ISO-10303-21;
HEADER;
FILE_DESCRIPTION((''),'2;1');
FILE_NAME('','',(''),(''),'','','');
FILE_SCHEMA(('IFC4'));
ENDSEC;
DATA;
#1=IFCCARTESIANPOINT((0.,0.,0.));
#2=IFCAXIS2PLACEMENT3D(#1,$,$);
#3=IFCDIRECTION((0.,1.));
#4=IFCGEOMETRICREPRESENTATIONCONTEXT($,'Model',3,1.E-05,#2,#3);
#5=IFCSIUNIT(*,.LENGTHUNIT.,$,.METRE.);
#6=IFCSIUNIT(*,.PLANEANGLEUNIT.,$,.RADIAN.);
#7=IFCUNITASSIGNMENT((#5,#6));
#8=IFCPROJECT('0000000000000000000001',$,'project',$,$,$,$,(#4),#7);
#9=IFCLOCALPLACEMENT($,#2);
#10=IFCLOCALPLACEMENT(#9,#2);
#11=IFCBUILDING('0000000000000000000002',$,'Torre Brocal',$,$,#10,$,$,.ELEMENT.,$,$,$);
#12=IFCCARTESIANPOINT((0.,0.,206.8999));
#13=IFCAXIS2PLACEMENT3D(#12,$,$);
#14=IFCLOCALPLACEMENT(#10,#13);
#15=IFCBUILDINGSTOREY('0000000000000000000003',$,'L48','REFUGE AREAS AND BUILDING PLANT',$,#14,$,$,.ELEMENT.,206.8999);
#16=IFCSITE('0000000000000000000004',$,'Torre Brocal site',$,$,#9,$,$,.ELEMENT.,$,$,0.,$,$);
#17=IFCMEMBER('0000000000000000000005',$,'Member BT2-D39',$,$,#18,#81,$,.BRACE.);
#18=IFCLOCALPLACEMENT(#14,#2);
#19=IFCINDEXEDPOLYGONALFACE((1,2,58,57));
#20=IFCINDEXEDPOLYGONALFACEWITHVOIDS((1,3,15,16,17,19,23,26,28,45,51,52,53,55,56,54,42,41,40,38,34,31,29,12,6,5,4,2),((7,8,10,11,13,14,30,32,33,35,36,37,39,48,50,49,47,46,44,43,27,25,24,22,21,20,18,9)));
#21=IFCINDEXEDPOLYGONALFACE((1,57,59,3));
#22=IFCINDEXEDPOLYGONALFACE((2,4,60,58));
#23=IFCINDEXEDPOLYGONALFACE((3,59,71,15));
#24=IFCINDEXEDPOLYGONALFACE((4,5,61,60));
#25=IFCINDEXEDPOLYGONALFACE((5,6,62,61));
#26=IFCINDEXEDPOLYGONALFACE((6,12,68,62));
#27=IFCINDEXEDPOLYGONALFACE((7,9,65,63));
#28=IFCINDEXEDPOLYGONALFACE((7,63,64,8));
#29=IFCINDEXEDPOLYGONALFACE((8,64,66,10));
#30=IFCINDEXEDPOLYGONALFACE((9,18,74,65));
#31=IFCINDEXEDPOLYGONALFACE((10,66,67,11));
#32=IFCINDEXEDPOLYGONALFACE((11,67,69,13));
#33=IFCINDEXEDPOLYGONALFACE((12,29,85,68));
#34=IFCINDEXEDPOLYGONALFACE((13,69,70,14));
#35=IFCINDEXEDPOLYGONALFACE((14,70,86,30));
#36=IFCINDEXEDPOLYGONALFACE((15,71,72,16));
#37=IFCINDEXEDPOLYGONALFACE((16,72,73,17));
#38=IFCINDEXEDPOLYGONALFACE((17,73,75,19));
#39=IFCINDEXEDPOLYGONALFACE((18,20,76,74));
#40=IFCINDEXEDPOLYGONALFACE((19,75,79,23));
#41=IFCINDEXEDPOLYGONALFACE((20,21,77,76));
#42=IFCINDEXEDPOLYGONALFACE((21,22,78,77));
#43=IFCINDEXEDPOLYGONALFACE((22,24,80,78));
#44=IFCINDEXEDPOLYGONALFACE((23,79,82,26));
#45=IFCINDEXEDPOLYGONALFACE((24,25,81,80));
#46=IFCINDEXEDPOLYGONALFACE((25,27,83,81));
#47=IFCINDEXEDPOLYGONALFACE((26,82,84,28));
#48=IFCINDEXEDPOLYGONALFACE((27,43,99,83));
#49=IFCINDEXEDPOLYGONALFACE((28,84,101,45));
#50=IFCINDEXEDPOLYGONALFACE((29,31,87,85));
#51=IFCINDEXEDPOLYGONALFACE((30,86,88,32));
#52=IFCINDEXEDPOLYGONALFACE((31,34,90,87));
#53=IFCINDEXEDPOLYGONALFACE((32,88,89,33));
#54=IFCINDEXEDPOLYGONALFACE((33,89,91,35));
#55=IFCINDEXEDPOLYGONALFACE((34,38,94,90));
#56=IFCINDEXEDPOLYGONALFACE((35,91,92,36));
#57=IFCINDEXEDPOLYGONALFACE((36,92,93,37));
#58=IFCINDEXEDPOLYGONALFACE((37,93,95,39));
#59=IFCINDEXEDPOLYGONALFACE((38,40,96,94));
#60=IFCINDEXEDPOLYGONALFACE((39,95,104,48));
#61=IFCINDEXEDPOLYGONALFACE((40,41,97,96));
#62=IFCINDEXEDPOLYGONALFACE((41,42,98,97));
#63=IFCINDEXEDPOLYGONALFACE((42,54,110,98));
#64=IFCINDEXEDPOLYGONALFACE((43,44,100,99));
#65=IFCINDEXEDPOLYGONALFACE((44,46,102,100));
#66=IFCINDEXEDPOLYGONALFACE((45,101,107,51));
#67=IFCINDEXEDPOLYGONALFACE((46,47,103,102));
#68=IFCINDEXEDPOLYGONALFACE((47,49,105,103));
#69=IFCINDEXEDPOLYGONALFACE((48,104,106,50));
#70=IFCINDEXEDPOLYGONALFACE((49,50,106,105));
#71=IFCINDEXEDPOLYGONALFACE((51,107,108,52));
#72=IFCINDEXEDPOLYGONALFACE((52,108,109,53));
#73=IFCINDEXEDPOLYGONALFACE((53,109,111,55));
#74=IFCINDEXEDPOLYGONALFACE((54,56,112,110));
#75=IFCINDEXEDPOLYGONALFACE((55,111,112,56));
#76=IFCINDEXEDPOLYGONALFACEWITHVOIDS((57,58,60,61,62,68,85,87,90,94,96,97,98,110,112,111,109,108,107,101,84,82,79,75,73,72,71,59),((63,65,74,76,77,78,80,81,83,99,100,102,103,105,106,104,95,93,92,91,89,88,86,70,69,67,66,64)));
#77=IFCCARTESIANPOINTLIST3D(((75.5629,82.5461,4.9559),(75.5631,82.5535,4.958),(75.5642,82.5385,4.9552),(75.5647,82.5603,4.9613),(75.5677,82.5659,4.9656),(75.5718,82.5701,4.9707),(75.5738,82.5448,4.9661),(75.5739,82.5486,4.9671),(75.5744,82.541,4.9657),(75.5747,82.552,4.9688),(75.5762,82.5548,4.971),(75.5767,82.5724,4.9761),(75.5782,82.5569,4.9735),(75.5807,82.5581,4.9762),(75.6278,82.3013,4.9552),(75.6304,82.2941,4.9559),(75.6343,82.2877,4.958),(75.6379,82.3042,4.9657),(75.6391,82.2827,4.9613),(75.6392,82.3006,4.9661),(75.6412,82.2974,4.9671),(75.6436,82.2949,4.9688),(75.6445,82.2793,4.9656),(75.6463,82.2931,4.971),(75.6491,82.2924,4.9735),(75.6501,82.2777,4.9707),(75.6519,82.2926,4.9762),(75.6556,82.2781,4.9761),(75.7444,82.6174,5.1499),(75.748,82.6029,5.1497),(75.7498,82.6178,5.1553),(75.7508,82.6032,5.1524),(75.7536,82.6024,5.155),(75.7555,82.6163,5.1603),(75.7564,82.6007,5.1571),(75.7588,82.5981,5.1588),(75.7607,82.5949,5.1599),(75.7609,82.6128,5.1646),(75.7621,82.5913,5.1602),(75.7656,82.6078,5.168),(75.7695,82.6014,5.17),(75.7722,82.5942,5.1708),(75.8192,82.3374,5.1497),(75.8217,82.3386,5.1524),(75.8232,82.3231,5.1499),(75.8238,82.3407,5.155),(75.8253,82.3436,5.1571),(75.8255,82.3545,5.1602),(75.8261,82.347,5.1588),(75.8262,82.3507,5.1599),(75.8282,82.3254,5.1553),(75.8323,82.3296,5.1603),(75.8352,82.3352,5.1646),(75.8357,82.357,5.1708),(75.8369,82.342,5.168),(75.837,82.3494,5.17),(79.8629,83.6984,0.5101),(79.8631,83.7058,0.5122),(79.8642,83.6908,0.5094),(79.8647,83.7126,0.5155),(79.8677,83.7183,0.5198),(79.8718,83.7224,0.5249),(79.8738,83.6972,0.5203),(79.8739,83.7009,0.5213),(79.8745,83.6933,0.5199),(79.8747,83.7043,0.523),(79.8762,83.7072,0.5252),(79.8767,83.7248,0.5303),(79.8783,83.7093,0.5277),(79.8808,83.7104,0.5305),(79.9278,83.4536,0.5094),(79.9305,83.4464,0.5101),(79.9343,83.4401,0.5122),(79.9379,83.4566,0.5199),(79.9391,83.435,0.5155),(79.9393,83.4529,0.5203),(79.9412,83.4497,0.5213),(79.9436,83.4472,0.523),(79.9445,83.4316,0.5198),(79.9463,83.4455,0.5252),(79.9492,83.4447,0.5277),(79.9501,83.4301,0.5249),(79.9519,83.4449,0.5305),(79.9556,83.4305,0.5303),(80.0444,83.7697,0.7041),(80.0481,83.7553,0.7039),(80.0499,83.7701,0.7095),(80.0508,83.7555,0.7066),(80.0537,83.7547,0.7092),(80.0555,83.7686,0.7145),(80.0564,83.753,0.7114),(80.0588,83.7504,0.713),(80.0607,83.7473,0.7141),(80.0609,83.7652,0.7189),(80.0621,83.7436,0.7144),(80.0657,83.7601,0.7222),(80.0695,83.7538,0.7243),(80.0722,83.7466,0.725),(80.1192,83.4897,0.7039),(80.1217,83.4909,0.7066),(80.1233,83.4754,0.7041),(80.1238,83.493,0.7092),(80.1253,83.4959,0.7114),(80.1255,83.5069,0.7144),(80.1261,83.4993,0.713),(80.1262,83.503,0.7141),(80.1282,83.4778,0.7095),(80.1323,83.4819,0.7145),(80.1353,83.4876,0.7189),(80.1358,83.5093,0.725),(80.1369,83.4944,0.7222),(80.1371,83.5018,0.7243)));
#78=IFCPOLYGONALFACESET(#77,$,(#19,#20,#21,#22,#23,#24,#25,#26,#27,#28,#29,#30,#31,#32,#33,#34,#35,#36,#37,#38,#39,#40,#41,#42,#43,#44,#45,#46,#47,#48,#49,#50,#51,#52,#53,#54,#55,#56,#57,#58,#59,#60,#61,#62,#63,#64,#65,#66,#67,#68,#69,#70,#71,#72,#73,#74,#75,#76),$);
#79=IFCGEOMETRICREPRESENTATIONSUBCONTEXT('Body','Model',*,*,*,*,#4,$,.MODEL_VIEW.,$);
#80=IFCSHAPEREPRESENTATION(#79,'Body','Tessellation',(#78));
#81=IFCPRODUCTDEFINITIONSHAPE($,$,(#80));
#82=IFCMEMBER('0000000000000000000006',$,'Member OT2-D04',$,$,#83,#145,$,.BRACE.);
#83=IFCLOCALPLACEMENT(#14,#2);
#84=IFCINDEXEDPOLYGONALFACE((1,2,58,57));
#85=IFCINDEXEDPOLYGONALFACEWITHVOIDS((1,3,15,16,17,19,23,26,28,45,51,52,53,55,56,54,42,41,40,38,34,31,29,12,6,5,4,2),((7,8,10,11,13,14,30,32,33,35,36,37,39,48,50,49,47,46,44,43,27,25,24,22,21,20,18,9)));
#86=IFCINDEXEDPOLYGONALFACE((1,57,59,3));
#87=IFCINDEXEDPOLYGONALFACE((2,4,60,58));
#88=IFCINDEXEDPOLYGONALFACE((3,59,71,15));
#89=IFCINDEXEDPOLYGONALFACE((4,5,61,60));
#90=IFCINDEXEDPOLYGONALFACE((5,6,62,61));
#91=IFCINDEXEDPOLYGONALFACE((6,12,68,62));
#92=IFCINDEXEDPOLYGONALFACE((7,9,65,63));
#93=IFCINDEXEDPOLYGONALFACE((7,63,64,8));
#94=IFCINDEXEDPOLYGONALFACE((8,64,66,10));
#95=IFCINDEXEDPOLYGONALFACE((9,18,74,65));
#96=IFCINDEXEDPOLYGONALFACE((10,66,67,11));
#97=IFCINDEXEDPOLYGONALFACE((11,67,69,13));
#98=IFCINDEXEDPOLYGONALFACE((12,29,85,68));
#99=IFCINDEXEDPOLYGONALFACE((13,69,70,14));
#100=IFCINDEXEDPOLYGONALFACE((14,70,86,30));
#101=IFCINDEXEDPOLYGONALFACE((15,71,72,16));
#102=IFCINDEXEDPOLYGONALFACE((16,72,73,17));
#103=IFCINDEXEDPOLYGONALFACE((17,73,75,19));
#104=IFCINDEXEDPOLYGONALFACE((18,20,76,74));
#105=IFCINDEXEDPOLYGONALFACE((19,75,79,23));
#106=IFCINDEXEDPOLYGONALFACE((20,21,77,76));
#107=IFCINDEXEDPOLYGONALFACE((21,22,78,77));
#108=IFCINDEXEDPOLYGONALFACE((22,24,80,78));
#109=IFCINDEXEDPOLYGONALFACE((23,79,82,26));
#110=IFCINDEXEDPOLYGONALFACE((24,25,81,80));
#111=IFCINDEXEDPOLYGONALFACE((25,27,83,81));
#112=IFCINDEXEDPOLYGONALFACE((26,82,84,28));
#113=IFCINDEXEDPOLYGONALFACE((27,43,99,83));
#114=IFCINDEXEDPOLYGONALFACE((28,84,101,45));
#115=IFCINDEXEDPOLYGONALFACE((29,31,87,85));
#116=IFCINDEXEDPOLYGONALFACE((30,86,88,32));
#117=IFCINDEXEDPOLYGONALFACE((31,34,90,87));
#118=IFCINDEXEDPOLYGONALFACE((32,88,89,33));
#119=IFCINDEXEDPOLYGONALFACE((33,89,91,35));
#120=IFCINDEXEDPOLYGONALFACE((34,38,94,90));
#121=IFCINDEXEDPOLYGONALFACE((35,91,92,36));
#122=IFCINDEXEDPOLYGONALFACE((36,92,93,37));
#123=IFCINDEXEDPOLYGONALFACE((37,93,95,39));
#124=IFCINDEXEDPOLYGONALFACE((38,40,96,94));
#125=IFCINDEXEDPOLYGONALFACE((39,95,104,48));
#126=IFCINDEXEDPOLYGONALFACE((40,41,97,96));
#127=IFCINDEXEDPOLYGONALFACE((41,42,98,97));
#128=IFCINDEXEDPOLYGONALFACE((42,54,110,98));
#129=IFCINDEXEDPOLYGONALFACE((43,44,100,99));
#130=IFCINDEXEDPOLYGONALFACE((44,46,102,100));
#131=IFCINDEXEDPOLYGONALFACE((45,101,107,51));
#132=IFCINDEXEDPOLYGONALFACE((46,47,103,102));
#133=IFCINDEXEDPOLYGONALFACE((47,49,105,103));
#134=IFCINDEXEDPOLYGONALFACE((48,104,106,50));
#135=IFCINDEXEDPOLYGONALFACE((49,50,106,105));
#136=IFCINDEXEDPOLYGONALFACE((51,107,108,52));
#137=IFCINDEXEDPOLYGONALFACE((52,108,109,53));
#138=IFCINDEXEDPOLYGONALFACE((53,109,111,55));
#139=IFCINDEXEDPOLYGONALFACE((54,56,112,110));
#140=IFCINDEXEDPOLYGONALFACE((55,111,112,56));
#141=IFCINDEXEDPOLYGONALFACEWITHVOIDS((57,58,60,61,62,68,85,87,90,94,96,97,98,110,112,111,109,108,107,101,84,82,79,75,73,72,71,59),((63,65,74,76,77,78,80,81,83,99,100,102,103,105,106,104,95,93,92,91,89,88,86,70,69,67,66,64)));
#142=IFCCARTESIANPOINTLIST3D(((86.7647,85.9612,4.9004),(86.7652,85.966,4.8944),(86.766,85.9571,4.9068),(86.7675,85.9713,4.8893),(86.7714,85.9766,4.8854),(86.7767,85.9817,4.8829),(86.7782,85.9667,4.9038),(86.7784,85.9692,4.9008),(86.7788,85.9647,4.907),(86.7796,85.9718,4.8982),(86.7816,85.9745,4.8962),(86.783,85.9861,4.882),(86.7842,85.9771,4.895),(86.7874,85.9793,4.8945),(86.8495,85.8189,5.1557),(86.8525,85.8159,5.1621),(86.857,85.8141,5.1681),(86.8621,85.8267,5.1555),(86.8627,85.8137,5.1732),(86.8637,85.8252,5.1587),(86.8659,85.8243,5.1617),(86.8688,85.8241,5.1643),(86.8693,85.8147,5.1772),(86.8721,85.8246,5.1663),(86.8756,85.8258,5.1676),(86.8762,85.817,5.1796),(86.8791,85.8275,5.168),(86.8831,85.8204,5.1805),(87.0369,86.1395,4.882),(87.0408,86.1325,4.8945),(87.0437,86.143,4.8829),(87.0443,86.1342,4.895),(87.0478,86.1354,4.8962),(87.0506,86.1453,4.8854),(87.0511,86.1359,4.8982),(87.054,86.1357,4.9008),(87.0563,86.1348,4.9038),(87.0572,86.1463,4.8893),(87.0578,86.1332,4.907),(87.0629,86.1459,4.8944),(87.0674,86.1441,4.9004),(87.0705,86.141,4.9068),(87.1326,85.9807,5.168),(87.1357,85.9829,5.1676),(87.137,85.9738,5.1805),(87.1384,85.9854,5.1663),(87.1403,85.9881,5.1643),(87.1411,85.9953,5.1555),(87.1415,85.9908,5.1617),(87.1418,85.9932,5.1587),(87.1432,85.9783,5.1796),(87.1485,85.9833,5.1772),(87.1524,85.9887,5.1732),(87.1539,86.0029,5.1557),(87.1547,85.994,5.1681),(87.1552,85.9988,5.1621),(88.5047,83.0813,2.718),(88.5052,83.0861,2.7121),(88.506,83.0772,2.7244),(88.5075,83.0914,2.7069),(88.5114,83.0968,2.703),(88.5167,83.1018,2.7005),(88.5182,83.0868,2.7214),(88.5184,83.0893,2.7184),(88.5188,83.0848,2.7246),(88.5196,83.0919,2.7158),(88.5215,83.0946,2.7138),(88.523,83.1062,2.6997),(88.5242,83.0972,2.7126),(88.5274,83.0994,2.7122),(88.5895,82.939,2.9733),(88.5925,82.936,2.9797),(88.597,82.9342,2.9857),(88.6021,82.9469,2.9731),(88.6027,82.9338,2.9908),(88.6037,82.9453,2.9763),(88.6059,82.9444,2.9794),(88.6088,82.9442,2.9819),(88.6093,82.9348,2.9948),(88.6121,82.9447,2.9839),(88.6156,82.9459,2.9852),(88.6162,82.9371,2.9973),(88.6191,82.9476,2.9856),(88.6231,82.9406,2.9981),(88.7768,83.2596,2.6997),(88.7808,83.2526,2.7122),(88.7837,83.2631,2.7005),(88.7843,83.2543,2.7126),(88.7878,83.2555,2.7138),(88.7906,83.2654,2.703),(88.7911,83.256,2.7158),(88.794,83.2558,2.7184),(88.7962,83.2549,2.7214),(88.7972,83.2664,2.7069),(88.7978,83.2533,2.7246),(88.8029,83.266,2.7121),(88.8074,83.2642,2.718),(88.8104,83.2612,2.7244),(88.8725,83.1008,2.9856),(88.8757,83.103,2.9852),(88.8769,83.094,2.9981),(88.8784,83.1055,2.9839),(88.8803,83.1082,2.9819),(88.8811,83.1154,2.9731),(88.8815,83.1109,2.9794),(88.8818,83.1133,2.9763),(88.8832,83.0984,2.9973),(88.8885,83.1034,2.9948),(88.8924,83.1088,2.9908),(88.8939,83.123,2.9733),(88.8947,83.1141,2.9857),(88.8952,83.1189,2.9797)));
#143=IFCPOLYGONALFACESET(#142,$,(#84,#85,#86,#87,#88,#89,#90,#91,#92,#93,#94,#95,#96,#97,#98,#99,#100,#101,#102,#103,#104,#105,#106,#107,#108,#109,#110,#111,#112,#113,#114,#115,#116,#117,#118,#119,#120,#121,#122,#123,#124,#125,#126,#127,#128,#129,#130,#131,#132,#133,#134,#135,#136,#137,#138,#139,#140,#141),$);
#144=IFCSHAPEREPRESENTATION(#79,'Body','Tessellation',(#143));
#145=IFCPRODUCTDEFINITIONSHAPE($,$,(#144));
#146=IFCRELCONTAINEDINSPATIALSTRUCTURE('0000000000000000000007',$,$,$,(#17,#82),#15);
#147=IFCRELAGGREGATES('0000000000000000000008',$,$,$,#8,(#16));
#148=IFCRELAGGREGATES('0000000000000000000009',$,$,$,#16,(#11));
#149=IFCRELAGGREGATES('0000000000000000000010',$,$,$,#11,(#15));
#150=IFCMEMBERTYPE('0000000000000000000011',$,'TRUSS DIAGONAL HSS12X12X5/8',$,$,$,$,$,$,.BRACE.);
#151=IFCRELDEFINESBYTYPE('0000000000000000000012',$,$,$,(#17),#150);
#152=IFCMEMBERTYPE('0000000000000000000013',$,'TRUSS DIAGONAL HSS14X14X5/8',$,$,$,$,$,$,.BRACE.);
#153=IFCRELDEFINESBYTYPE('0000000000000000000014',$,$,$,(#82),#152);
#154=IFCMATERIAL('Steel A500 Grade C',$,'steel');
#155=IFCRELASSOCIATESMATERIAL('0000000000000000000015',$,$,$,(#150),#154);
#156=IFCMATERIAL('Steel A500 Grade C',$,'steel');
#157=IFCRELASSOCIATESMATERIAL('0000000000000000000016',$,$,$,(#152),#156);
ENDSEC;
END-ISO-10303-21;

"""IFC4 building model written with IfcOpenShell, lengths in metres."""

from ifc_helpers import new_model, si_unit, direction, frame, origin, origin_2d, place, context, subcontext, project, spatial, hollow_rectangle, extrude, material, material_profile, profile_set, type_object, element, save


model = new_model("IFC4")

# Units and contexts
model_context = context("Model", 3, precision=1e-05, world=origin(), true_north=direction((0.0, 1.0)))
body_context = subcontext(model_context, "Body", "Model", "MODEL_VIEW")
ifc_project = project(units=[si_unit("LENGTHUNIT", "METRE"), si_unit("PLANEANGLEUNIT", "RADIAN")], contexts=[model_context])

# Site, building, storey
site_placement = place(None, origin())
site = spatial("IfcSite", under=ifc_project, at=site_placement, Name="Torre Brocal site", CompositionType="ELEMENT", RefElevation=0.0)
building_placement = place(site_placement, origin())
building = spatial("IfcBuilding", under=site, at=building_placement, Name="Torre Brocal", CompositionType="ELEMENT")
storey_placement = place(building_placement, frame((0.0, 0.0, 206.8999)))
storey = spatial("IfcBuildingStorey", under=building, at=storey_placement, Name="L48", Description="REFUGE AREAS AND BUILDING PLANT", CompositionType="ELEMENT", Elevation=206.8999)

# Members
ifc_material_1 = material(Name="Steel A500 Grade C", Category="steel")
ifc_material_profile_1 = material_profile(ifc_material_1, hollow_rectangle(XDim=0.3047, YDim=0.3047, WallThickness=0.0149, InnerFilletRadius=0.0149, OuterFilletRadius=0.0295, at=origin_2d()), Name="HSS12X12X5/8")
ifc_profile_set_1 = profile_set([ifc_material_profile_1], Name="Steel A500 Grade C")
member_type_1 = type_object("IfcMemberType", Name="TRUSS DIAGONAL HSS12X12X5/8", PredefinedType="BRACE", material=ifc_profile_set_1)
member_1_placement = place(storey_placement, frame((80.0, 83.6001, 0.6172), z_axis=(-0.683465, -0.183158, 0.706632), x_axis=(0.25885, -0.965917, 0.0)))
element("IfcMember", 1, at=member_1_placement, inside=storey, type_object=member_type_1, Name="Member BT2-D39", PredefinedType="BRACE", context=body_context, shape_type="SweptSolid", body=[
    extrude(hollow_rectangle(XDim=0.3047, YDim=0.3047, WallThickness=0.0149, InnerFilletRadius=0.0149, OuterFilletRadius=0.0295, at=origin_2d()), origin(), (0.0, 0.0, 1.0), 6.2915),
])
ifc_material_2 = material(Name="Steel A500 Grade C", Category="steel")
ifc_material_profile_2 = material_profile(ifc_material_2, hollow_rectangle(XDim=0.3557, YDim=0.3557, WallThickness=0.0149, InnerFilletRadius=0.0149, OuterFilletRadius=0.0295, at=origin_2d()), Name="HSS14X14X5/8")
ifc_profile_set_2 = profile_set([ifc_material_profile_2], Name="Steel A500 Grade C")
member_type_2 = type_object("IfcMemberType", Name="TRUSS DIAGONAL HSS14X14X5/8", PredefinedType="BRACE", material=ifc_profile_set_2)
member_2_placement = place(storey_placement, frame((88.7, 83.1001, 2.8489), z_axis=(-0.43386, 0.718087, 0.544166), x_axis=(-0.855908, -0.517129, 0.0)))
element("IfcMember", 2, at=member_2_placement, inside=storey, type_object=member_type_2, Name="Member OT2-D04", PredefinedType="BRACE", context=body_context, shape_type="SweptSolid", body=[
    extrude(hollow_rectangle(XDim=0.3557, YDim=0.3557, WallThickness=0.0149, InnerFilletRadius=0.0149, OuterFilletRadius=0.0295, at=origin_2d()), origin(), (0.0, 0.0, 1.0), 4.0105),
])

save(model, "model.ifc")
